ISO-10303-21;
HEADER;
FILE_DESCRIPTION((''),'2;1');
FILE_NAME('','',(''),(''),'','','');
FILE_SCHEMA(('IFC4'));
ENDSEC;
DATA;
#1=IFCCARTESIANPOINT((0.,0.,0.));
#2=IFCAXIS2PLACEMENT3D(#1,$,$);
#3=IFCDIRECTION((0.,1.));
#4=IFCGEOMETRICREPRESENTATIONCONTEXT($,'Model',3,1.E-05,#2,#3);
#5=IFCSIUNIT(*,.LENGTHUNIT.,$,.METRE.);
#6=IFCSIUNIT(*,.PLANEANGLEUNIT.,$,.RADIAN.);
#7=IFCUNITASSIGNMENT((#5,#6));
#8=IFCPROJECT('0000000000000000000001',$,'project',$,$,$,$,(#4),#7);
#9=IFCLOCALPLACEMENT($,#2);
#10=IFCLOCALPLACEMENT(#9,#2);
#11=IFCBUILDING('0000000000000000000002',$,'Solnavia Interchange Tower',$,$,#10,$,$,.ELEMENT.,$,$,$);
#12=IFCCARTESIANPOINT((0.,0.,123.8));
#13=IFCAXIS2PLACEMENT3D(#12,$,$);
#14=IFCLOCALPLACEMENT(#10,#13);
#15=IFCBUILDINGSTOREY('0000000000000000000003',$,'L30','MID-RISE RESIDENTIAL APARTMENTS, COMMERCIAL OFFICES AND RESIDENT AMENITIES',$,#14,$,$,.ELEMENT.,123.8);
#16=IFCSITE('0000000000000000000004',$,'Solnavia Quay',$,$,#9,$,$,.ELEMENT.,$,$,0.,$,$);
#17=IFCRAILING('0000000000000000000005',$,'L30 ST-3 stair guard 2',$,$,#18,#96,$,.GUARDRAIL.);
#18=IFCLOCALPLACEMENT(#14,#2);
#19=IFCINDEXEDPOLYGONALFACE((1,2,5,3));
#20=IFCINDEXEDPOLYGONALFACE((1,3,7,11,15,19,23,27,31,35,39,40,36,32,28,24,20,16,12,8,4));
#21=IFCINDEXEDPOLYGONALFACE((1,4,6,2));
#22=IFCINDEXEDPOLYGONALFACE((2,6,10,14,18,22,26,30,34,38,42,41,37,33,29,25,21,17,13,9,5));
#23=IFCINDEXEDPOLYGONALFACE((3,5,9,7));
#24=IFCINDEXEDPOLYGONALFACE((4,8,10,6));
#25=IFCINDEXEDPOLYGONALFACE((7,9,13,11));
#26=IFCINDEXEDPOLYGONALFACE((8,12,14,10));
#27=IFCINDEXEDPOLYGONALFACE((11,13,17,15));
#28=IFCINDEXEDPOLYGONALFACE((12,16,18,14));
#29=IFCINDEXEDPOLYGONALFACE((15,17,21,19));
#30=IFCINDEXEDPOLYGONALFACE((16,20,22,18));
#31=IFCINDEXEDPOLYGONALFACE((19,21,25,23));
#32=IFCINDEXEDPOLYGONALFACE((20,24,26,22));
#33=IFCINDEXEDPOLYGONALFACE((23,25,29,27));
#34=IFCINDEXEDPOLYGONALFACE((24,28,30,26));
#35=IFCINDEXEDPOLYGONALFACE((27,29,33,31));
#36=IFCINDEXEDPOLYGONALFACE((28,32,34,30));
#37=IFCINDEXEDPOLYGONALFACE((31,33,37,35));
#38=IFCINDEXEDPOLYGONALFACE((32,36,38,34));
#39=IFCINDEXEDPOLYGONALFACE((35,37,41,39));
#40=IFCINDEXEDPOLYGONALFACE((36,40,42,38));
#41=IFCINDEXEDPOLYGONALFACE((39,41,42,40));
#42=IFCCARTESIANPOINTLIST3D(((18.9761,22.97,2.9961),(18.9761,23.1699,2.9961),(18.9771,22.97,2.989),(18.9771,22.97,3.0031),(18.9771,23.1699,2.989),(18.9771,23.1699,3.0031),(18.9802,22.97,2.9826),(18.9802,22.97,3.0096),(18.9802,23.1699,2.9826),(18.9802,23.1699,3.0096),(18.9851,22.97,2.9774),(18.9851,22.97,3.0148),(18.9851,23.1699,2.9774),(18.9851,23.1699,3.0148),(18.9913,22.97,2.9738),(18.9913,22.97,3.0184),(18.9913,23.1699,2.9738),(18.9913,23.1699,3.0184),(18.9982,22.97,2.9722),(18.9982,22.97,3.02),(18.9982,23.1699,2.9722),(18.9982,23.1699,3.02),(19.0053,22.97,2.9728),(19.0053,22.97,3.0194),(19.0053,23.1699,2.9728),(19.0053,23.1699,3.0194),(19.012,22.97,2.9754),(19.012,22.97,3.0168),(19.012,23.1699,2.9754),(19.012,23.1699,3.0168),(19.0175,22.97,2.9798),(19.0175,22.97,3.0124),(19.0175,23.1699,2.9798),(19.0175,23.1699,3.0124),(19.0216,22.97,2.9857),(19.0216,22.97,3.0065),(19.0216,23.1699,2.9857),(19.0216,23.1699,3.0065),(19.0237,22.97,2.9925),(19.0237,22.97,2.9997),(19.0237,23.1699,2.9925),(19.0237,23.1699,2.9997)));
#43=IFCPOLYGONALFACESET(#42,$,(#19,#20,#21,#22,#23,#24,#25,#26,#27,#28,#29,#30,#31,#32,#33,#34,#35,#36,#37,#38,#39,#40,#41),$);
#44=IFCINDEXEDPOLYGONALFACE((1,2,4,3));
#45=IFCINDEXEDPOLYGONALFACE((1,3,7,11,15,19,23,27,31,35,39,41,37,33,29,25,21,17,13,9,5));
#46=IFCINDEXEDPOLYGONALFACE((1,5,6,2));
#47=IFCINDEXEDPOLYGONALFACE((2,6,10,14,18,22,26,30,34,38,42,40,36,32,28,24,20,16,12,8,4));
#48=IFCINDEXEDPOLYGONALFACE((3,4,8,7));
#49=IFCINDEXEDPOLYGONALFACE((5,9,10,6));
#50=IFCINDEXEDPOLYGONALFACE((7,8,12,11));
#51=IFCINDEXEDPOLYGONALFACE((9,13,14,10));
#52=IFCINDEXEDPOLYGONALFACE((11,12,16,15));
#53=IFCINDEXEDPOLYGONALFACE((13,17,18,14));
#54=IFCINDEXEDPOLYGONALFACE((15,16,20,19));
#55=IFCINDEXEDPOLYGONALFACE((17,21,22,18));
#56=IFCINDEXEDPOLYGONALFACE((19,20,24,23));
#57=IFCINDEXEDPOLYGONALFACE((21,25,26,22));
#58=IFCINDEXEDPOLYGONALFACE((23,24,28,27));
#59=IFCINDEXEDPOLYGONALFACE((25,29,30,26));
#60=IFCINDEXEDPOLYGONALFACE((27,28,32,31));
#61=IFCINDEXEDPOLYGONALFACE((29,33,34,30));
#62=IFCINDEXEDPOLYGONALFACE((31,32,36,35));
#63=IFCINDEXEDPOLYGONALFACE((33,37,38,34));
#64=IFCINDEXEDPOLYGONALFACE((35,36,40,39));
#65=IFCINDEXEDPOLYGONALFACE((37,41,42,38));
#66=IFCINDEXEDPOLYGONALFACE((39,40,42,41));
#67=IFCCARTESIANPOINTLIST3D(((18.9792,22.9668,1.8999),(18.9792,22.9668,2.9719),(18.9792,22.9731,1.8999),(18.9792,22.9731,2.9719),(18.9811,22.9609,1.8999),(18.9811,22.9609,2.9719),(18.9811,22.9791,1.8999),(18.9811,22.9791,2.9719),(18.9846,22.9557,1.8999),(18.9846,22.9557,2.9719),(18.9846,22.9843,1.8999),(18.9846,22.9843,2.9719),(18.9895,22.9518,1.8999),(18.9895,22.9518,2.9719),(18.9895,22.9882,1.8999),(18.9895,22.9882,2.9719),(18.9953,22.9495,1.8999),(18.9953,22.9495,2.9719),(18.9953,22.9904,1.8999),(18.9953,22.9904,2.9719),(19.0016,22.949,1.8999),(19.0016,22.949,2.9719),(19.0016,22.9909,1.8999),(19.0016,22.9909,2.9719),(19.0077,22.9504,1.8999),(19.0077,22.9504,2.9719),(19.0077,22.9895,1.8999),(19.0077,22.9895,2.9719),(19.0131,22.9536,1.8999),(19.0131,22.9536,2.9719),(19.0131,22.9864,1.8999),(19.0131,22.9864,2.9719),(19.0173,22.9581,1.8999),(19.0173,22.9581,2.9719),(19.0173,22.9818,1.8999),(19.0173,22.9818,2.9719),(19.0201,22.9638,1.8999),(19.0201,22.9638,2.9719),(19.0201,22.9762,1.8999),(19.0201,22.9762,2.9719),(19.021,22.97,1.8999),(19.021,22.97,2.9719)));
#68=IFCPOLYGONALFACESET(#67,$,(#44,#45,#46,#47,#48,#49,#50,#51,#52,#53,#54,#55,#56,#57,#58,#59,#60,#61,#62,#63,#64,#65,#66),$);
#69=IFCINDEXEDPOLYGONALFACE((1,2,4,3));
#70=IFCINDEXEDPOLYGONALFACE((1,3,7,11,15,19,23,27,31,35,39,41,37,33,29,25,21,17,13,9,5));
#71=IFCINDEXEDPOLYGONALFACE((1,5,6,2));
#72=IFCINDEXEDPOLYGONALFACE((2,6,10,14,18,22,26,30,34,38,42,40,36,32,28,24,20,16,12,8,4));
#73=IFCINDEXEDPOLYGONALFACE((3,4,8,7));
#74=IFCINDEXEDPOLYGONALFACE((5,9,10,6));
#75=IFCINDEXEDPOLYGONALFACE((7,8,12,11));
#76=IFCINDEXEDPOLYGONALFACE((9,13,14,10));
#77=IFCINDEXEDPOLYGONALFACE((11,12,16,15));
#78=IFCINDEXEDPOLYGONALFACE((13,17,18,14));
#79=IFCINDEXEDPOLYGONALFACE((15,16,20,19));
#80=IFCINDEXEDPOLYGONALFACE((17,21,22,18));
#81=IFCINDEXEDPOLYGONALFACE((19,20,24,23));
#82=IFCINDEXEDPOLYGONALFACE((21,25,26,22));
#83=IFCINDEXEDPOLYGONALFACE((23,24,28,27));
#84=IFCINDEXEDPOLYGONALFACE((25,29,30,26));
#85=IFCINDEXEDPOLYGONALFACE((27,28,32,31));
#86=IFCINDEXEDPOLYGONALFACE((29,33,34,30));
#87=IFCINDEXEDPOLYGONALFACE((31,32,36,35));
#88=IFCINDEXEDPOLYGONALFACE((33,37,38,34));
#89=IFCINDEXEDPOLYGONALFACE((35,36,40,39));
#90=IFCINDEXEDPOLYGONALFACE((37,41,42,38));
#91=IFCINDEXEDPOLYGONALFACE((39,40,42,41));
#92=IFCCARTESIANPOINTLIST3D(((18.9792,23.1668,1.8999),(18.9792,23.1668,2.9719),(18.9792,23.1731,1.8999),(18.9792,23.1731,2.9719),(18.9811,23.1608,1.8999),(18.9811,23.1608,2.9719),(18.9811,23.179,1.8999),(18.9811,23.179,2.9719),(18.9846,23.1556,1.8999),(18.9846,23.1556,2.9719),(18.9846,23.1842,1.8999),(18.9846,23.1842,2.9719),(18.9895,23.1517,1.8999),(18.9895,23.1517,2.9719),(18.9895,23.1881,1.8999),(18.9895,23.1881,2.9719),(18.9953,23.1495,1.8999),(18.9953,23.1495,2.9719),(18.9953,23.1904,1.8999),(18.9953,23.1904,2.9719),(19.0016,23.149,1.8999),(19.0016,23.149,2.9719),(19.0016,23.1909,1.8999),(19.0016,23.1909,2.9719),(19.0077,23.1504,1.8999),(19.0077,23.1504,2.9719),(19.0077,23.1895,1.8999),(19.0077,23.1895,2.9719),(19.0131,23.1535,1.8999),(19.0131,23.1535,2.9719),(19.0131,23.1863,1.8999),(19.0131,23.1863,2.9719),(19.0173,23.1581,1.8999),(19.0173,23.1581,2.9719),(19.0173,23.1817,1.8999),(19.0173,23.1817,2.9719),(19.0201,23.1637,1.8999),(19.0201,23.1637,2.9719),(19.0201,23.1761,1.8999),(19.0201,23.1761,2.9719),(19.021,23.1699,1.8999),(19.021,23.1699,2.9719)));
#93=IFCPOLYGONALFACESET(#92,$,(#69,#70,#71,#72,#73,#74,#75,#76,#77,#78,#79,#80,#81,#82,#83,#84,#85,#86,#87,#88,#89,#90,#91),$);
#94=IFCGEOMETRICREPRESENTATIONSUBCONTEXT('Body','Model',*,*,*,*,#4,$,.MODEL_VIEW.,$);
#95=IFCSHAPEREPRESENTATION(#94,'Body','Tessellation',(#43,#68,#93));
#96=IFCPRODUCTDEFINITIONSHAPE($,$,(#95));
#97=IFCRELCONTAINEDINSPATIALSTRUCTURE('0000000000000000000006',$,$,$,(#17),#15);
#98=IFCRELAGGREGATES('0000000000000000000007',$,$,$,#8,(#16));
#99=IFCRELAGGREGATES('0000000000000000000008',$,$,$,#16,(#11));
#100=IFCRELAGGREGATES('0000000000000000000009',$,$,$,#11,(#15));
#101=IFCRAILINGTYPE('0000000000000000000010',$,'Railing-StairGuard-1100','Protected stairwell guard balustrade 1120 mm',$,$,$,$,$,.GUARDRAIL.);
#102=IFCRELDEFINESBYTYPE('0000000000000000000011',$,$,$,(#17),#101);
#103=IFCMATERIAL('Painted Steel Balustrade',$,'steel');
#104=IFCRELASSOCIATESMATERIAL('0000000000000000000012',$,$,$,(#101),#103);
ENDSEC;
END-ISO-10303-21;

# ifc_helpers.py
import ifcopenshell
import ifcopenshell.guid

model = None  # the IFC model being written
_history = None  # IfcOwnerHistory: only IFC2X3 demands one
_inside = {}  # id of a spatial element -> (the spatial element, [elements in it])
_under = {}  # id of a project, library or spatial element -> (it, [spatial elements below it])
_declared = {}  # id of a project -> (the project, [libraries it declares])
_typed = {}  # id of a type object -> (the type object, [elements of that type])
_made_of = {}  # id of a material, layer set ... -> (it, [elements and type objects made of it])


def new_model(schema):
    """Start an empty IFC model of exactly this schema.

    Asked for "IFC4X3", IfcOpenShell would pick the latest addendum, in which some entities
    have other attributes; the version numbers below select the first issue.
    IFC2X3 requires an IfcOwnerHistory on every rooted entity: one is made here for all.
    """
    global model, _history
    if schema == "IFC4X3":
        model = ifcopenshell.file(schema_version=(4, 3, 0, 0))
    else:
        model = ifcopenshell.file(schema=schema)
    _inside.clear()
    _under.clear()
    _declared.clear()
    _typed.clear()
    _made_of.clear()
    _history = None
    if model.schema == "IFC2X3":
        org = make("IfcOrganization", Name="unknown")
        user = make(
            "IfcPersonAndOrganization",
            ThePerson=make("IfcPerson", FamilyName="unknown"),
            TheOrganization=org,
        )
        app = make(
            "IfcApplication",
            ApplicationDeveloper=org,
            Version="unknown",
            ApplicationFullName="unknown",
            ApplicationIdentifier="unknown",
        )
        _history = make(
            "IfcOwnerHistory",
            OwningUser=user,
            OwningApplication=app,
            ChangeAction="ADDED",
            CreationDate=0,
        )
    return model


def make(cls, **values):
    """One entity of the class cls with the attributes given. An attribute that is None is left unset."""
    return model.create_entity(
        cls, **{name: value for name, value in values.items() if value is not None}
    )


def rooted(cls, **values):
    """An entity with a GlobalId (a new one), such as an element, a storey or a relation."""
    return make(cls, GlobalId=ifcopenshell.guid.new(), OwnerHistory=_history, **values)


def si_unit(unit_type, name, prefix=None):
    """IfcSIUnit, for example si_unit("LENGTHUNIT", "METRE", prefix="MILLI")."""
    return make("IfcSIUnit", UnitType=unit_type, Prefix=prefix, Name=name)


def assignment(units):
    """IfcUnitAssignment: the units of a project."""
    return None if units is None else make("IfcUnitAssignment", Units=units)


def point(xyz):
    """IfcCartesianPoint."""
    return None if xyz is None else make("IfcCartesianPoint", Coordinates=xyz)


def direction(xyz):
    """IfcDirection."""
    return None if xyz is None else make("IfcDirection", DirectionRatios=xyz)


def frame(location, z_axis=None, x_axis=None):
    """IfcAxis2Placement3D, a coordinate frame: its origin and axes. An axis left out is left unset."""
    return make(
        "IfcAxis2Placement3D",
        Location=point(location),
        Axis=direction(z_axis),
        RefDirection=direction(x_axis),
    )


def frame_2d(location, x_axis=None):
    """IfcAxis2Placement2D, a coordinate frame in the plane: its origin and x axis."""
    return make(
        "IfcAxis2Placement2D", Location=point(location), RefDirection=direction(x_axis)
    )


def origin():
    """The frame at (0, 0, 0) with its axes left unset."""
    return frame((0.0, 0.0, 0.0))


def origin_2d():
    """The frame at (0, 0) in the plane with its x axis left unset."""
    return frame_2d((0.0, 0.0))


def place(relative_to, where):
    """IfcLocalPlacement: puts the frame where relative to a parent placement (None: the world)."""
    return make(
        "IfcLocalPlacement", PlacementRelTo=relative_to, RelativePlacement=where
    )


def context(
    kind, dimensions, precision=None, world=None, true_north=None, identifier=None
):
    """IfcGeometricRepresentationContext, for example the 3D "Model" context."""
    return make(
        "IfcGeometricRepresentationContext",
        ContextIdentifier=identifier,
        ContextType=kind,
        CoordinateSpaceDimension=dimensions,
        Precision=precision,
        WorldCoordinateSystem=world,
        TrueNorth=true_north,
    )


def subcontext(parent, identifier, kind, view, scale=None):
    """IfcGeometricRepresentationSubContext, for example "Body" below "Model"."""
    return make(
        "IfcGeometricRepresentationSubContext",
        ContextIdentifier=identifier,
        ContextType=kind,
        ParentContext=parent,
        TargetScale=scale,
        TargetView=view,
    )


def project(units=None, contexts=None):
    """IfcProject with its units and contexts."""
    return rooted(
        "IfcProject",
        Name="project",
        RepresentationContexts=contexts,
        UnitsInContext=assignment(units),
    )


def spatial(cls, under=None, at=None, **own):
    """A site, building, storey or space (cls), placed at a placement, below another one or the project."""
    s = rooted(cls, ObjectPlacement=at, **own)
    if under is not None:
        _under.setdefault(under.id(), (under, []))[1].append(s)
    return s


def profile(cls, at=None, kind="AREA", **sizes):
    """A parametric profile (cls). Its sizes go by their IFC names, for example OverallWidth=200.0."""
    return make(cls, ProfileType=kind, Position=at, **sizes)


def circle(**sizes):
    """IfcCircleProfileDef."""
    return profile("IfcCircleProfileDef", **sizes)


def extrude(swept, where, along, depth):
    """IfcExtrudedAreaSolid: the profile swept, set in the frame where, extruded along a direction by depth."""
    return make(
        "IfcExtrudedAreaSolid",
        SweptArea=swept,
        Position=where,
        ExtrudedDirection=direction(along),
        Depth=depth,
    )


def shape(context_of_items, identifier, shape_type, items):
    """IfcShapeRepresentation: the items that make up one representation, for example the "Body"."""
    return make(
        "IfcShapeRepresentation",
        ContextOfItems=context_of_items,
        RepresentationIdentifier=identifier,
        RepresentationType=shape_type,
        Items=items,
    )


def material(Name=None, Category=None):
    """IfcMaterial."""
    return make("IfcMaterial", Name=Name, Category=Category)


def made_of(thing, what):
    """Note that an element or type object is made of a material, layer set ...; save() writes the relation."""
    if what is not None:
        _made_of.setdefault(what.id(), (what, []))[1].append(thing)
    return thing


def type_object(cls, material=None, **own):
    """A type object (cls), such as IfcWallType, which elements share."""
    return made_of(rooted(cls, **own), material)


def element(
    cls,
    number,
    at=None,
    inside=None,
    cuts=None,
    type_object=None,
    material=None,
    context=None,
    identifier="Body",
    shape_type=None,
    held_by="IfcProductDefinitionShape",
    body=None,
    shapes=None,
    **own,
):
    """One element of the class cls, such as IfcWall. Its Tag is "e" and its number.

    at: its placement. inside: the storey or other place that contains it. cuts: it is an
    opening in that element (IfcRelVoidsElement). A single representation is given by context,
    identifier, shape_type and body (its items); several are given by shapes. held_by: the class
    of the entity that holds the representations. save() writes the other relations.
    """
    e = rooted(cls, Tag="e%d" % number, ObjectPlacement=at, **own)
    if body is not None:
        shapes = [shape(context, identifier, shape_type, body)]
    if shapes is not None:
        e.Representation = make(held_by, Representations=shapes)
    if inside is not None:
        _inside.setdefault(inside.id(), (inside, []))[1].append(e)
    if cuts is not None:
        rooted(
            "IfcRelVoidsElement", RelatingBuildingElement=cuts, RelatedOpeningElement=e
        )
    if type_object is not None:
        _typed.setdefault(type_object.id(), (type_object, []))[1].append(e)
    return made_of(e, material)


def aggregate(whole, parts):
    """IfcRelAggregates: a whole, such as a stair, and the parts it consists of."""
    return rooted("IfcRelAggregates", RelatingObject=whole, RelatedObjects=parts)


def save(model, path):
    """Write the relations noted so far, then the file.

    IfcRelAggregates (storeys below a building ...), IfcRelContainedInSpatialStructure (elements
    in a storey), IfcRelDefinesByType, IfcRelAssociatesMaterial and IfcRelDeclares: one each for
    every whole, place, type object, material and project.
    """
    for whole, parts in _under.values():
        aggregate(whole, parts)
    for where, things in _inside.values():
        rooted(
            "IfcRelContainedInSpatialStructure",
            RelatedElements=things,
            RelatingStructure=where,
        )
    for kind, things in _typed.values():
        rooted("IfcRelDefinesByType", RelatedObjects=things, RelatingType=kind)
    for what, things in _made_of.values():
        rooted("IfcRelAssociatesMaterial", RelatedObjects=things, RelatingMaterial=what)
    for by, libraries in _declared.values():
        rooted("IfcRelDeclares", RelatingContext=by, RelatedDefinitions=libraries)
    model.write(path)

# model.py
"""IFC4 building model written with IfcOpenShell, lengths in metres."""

from ifc_helpers import new_model, si_unit, direction, frame, origin, origin_2d, place, context, subcontext, project, spatial, circle, extrude, material, type_object, element, save


model = new_model("IFC4")

# Units and contexts
model_context = context("Model", 3, precision=1e-05, world=origin(), true_north=direction((0.0, 1.0)))
body_context = subcontext(model_context, "Body", "Model", "MODEL_VIEW")
ifc_project = project(units=[si_unit("LENGTHUNIT", "METRE"), si_unit("PLANEANGLEUNIT", "RADIAN")], contexts=[model_context])

# Site, building, storey
site_placement = place(None, origin())
site = spatial("IfcSite", under=ifc_project, at=site_placement, Name="Solnavia Quay", CompositionType="ELEMENT", RefElevation=0.0)
building_placement = place(site_placement, origin())
building = spatial("IfcBuilding", under=site, at=building_placement, Name="Solnavia Interchange Tower", CompositionType="ELEMENT")
storey_placement = place(building_placement, frame((0.0, 0.0, 123.8)))
storey = spatial("IfcBuildingStorey", under=building, at=storey_placement, Name="L30", Description="MID-RISE RESIDENTIAL APARTMENTS, COMMERCIAL OFFICES AND RESIDENT AMENITIES", CompositionType="ELEMENT", Elevation=123.8)

# Railing
ifc_material_1 = material(Name="Painted Steel Balustrade", Category="steel")
railing_type_1 = type_object("IfcRailingType", Name="Railing-StairGuard-1100", Description="Protected stairwell guard balustrade 1120 mm", PredefinedType="GUARDRAIL", material=ifc_material_1)
railing_1_placement = place(storey_placement, frame((19.0, 22.97, 1.8999)))
element("IfcRailing", 1, at=railing_1_placement, inside=storey, type_object=railing_type_1, Name="L30 ST-3 stair guard 2", PredefinedType="GUARDRAIL", context=body_context, shape_type="SweptSolid", body=[
    extrude(circle(Radius=0.0239, at=origin_2d()), frame((0.0, 0.0, 1.0962), z_axis=(0.0, 1.0, 0.0), x_axis=(-1.0, 0.0, 0.0)), (0.0, 0.0, 1.0), 0.2),
    extrude(circle(Radius=0.021, at=origin_2d()), origin(), (0.0, 0.0, 1.0), 1.072),
    extrude(circle(Radius=0.021, at=origin_2d()), frame((0.0, 0.2, 0.0)), (0.0, 0.0, 1.0), 1.072),
])

save(model, "model.ifc")
